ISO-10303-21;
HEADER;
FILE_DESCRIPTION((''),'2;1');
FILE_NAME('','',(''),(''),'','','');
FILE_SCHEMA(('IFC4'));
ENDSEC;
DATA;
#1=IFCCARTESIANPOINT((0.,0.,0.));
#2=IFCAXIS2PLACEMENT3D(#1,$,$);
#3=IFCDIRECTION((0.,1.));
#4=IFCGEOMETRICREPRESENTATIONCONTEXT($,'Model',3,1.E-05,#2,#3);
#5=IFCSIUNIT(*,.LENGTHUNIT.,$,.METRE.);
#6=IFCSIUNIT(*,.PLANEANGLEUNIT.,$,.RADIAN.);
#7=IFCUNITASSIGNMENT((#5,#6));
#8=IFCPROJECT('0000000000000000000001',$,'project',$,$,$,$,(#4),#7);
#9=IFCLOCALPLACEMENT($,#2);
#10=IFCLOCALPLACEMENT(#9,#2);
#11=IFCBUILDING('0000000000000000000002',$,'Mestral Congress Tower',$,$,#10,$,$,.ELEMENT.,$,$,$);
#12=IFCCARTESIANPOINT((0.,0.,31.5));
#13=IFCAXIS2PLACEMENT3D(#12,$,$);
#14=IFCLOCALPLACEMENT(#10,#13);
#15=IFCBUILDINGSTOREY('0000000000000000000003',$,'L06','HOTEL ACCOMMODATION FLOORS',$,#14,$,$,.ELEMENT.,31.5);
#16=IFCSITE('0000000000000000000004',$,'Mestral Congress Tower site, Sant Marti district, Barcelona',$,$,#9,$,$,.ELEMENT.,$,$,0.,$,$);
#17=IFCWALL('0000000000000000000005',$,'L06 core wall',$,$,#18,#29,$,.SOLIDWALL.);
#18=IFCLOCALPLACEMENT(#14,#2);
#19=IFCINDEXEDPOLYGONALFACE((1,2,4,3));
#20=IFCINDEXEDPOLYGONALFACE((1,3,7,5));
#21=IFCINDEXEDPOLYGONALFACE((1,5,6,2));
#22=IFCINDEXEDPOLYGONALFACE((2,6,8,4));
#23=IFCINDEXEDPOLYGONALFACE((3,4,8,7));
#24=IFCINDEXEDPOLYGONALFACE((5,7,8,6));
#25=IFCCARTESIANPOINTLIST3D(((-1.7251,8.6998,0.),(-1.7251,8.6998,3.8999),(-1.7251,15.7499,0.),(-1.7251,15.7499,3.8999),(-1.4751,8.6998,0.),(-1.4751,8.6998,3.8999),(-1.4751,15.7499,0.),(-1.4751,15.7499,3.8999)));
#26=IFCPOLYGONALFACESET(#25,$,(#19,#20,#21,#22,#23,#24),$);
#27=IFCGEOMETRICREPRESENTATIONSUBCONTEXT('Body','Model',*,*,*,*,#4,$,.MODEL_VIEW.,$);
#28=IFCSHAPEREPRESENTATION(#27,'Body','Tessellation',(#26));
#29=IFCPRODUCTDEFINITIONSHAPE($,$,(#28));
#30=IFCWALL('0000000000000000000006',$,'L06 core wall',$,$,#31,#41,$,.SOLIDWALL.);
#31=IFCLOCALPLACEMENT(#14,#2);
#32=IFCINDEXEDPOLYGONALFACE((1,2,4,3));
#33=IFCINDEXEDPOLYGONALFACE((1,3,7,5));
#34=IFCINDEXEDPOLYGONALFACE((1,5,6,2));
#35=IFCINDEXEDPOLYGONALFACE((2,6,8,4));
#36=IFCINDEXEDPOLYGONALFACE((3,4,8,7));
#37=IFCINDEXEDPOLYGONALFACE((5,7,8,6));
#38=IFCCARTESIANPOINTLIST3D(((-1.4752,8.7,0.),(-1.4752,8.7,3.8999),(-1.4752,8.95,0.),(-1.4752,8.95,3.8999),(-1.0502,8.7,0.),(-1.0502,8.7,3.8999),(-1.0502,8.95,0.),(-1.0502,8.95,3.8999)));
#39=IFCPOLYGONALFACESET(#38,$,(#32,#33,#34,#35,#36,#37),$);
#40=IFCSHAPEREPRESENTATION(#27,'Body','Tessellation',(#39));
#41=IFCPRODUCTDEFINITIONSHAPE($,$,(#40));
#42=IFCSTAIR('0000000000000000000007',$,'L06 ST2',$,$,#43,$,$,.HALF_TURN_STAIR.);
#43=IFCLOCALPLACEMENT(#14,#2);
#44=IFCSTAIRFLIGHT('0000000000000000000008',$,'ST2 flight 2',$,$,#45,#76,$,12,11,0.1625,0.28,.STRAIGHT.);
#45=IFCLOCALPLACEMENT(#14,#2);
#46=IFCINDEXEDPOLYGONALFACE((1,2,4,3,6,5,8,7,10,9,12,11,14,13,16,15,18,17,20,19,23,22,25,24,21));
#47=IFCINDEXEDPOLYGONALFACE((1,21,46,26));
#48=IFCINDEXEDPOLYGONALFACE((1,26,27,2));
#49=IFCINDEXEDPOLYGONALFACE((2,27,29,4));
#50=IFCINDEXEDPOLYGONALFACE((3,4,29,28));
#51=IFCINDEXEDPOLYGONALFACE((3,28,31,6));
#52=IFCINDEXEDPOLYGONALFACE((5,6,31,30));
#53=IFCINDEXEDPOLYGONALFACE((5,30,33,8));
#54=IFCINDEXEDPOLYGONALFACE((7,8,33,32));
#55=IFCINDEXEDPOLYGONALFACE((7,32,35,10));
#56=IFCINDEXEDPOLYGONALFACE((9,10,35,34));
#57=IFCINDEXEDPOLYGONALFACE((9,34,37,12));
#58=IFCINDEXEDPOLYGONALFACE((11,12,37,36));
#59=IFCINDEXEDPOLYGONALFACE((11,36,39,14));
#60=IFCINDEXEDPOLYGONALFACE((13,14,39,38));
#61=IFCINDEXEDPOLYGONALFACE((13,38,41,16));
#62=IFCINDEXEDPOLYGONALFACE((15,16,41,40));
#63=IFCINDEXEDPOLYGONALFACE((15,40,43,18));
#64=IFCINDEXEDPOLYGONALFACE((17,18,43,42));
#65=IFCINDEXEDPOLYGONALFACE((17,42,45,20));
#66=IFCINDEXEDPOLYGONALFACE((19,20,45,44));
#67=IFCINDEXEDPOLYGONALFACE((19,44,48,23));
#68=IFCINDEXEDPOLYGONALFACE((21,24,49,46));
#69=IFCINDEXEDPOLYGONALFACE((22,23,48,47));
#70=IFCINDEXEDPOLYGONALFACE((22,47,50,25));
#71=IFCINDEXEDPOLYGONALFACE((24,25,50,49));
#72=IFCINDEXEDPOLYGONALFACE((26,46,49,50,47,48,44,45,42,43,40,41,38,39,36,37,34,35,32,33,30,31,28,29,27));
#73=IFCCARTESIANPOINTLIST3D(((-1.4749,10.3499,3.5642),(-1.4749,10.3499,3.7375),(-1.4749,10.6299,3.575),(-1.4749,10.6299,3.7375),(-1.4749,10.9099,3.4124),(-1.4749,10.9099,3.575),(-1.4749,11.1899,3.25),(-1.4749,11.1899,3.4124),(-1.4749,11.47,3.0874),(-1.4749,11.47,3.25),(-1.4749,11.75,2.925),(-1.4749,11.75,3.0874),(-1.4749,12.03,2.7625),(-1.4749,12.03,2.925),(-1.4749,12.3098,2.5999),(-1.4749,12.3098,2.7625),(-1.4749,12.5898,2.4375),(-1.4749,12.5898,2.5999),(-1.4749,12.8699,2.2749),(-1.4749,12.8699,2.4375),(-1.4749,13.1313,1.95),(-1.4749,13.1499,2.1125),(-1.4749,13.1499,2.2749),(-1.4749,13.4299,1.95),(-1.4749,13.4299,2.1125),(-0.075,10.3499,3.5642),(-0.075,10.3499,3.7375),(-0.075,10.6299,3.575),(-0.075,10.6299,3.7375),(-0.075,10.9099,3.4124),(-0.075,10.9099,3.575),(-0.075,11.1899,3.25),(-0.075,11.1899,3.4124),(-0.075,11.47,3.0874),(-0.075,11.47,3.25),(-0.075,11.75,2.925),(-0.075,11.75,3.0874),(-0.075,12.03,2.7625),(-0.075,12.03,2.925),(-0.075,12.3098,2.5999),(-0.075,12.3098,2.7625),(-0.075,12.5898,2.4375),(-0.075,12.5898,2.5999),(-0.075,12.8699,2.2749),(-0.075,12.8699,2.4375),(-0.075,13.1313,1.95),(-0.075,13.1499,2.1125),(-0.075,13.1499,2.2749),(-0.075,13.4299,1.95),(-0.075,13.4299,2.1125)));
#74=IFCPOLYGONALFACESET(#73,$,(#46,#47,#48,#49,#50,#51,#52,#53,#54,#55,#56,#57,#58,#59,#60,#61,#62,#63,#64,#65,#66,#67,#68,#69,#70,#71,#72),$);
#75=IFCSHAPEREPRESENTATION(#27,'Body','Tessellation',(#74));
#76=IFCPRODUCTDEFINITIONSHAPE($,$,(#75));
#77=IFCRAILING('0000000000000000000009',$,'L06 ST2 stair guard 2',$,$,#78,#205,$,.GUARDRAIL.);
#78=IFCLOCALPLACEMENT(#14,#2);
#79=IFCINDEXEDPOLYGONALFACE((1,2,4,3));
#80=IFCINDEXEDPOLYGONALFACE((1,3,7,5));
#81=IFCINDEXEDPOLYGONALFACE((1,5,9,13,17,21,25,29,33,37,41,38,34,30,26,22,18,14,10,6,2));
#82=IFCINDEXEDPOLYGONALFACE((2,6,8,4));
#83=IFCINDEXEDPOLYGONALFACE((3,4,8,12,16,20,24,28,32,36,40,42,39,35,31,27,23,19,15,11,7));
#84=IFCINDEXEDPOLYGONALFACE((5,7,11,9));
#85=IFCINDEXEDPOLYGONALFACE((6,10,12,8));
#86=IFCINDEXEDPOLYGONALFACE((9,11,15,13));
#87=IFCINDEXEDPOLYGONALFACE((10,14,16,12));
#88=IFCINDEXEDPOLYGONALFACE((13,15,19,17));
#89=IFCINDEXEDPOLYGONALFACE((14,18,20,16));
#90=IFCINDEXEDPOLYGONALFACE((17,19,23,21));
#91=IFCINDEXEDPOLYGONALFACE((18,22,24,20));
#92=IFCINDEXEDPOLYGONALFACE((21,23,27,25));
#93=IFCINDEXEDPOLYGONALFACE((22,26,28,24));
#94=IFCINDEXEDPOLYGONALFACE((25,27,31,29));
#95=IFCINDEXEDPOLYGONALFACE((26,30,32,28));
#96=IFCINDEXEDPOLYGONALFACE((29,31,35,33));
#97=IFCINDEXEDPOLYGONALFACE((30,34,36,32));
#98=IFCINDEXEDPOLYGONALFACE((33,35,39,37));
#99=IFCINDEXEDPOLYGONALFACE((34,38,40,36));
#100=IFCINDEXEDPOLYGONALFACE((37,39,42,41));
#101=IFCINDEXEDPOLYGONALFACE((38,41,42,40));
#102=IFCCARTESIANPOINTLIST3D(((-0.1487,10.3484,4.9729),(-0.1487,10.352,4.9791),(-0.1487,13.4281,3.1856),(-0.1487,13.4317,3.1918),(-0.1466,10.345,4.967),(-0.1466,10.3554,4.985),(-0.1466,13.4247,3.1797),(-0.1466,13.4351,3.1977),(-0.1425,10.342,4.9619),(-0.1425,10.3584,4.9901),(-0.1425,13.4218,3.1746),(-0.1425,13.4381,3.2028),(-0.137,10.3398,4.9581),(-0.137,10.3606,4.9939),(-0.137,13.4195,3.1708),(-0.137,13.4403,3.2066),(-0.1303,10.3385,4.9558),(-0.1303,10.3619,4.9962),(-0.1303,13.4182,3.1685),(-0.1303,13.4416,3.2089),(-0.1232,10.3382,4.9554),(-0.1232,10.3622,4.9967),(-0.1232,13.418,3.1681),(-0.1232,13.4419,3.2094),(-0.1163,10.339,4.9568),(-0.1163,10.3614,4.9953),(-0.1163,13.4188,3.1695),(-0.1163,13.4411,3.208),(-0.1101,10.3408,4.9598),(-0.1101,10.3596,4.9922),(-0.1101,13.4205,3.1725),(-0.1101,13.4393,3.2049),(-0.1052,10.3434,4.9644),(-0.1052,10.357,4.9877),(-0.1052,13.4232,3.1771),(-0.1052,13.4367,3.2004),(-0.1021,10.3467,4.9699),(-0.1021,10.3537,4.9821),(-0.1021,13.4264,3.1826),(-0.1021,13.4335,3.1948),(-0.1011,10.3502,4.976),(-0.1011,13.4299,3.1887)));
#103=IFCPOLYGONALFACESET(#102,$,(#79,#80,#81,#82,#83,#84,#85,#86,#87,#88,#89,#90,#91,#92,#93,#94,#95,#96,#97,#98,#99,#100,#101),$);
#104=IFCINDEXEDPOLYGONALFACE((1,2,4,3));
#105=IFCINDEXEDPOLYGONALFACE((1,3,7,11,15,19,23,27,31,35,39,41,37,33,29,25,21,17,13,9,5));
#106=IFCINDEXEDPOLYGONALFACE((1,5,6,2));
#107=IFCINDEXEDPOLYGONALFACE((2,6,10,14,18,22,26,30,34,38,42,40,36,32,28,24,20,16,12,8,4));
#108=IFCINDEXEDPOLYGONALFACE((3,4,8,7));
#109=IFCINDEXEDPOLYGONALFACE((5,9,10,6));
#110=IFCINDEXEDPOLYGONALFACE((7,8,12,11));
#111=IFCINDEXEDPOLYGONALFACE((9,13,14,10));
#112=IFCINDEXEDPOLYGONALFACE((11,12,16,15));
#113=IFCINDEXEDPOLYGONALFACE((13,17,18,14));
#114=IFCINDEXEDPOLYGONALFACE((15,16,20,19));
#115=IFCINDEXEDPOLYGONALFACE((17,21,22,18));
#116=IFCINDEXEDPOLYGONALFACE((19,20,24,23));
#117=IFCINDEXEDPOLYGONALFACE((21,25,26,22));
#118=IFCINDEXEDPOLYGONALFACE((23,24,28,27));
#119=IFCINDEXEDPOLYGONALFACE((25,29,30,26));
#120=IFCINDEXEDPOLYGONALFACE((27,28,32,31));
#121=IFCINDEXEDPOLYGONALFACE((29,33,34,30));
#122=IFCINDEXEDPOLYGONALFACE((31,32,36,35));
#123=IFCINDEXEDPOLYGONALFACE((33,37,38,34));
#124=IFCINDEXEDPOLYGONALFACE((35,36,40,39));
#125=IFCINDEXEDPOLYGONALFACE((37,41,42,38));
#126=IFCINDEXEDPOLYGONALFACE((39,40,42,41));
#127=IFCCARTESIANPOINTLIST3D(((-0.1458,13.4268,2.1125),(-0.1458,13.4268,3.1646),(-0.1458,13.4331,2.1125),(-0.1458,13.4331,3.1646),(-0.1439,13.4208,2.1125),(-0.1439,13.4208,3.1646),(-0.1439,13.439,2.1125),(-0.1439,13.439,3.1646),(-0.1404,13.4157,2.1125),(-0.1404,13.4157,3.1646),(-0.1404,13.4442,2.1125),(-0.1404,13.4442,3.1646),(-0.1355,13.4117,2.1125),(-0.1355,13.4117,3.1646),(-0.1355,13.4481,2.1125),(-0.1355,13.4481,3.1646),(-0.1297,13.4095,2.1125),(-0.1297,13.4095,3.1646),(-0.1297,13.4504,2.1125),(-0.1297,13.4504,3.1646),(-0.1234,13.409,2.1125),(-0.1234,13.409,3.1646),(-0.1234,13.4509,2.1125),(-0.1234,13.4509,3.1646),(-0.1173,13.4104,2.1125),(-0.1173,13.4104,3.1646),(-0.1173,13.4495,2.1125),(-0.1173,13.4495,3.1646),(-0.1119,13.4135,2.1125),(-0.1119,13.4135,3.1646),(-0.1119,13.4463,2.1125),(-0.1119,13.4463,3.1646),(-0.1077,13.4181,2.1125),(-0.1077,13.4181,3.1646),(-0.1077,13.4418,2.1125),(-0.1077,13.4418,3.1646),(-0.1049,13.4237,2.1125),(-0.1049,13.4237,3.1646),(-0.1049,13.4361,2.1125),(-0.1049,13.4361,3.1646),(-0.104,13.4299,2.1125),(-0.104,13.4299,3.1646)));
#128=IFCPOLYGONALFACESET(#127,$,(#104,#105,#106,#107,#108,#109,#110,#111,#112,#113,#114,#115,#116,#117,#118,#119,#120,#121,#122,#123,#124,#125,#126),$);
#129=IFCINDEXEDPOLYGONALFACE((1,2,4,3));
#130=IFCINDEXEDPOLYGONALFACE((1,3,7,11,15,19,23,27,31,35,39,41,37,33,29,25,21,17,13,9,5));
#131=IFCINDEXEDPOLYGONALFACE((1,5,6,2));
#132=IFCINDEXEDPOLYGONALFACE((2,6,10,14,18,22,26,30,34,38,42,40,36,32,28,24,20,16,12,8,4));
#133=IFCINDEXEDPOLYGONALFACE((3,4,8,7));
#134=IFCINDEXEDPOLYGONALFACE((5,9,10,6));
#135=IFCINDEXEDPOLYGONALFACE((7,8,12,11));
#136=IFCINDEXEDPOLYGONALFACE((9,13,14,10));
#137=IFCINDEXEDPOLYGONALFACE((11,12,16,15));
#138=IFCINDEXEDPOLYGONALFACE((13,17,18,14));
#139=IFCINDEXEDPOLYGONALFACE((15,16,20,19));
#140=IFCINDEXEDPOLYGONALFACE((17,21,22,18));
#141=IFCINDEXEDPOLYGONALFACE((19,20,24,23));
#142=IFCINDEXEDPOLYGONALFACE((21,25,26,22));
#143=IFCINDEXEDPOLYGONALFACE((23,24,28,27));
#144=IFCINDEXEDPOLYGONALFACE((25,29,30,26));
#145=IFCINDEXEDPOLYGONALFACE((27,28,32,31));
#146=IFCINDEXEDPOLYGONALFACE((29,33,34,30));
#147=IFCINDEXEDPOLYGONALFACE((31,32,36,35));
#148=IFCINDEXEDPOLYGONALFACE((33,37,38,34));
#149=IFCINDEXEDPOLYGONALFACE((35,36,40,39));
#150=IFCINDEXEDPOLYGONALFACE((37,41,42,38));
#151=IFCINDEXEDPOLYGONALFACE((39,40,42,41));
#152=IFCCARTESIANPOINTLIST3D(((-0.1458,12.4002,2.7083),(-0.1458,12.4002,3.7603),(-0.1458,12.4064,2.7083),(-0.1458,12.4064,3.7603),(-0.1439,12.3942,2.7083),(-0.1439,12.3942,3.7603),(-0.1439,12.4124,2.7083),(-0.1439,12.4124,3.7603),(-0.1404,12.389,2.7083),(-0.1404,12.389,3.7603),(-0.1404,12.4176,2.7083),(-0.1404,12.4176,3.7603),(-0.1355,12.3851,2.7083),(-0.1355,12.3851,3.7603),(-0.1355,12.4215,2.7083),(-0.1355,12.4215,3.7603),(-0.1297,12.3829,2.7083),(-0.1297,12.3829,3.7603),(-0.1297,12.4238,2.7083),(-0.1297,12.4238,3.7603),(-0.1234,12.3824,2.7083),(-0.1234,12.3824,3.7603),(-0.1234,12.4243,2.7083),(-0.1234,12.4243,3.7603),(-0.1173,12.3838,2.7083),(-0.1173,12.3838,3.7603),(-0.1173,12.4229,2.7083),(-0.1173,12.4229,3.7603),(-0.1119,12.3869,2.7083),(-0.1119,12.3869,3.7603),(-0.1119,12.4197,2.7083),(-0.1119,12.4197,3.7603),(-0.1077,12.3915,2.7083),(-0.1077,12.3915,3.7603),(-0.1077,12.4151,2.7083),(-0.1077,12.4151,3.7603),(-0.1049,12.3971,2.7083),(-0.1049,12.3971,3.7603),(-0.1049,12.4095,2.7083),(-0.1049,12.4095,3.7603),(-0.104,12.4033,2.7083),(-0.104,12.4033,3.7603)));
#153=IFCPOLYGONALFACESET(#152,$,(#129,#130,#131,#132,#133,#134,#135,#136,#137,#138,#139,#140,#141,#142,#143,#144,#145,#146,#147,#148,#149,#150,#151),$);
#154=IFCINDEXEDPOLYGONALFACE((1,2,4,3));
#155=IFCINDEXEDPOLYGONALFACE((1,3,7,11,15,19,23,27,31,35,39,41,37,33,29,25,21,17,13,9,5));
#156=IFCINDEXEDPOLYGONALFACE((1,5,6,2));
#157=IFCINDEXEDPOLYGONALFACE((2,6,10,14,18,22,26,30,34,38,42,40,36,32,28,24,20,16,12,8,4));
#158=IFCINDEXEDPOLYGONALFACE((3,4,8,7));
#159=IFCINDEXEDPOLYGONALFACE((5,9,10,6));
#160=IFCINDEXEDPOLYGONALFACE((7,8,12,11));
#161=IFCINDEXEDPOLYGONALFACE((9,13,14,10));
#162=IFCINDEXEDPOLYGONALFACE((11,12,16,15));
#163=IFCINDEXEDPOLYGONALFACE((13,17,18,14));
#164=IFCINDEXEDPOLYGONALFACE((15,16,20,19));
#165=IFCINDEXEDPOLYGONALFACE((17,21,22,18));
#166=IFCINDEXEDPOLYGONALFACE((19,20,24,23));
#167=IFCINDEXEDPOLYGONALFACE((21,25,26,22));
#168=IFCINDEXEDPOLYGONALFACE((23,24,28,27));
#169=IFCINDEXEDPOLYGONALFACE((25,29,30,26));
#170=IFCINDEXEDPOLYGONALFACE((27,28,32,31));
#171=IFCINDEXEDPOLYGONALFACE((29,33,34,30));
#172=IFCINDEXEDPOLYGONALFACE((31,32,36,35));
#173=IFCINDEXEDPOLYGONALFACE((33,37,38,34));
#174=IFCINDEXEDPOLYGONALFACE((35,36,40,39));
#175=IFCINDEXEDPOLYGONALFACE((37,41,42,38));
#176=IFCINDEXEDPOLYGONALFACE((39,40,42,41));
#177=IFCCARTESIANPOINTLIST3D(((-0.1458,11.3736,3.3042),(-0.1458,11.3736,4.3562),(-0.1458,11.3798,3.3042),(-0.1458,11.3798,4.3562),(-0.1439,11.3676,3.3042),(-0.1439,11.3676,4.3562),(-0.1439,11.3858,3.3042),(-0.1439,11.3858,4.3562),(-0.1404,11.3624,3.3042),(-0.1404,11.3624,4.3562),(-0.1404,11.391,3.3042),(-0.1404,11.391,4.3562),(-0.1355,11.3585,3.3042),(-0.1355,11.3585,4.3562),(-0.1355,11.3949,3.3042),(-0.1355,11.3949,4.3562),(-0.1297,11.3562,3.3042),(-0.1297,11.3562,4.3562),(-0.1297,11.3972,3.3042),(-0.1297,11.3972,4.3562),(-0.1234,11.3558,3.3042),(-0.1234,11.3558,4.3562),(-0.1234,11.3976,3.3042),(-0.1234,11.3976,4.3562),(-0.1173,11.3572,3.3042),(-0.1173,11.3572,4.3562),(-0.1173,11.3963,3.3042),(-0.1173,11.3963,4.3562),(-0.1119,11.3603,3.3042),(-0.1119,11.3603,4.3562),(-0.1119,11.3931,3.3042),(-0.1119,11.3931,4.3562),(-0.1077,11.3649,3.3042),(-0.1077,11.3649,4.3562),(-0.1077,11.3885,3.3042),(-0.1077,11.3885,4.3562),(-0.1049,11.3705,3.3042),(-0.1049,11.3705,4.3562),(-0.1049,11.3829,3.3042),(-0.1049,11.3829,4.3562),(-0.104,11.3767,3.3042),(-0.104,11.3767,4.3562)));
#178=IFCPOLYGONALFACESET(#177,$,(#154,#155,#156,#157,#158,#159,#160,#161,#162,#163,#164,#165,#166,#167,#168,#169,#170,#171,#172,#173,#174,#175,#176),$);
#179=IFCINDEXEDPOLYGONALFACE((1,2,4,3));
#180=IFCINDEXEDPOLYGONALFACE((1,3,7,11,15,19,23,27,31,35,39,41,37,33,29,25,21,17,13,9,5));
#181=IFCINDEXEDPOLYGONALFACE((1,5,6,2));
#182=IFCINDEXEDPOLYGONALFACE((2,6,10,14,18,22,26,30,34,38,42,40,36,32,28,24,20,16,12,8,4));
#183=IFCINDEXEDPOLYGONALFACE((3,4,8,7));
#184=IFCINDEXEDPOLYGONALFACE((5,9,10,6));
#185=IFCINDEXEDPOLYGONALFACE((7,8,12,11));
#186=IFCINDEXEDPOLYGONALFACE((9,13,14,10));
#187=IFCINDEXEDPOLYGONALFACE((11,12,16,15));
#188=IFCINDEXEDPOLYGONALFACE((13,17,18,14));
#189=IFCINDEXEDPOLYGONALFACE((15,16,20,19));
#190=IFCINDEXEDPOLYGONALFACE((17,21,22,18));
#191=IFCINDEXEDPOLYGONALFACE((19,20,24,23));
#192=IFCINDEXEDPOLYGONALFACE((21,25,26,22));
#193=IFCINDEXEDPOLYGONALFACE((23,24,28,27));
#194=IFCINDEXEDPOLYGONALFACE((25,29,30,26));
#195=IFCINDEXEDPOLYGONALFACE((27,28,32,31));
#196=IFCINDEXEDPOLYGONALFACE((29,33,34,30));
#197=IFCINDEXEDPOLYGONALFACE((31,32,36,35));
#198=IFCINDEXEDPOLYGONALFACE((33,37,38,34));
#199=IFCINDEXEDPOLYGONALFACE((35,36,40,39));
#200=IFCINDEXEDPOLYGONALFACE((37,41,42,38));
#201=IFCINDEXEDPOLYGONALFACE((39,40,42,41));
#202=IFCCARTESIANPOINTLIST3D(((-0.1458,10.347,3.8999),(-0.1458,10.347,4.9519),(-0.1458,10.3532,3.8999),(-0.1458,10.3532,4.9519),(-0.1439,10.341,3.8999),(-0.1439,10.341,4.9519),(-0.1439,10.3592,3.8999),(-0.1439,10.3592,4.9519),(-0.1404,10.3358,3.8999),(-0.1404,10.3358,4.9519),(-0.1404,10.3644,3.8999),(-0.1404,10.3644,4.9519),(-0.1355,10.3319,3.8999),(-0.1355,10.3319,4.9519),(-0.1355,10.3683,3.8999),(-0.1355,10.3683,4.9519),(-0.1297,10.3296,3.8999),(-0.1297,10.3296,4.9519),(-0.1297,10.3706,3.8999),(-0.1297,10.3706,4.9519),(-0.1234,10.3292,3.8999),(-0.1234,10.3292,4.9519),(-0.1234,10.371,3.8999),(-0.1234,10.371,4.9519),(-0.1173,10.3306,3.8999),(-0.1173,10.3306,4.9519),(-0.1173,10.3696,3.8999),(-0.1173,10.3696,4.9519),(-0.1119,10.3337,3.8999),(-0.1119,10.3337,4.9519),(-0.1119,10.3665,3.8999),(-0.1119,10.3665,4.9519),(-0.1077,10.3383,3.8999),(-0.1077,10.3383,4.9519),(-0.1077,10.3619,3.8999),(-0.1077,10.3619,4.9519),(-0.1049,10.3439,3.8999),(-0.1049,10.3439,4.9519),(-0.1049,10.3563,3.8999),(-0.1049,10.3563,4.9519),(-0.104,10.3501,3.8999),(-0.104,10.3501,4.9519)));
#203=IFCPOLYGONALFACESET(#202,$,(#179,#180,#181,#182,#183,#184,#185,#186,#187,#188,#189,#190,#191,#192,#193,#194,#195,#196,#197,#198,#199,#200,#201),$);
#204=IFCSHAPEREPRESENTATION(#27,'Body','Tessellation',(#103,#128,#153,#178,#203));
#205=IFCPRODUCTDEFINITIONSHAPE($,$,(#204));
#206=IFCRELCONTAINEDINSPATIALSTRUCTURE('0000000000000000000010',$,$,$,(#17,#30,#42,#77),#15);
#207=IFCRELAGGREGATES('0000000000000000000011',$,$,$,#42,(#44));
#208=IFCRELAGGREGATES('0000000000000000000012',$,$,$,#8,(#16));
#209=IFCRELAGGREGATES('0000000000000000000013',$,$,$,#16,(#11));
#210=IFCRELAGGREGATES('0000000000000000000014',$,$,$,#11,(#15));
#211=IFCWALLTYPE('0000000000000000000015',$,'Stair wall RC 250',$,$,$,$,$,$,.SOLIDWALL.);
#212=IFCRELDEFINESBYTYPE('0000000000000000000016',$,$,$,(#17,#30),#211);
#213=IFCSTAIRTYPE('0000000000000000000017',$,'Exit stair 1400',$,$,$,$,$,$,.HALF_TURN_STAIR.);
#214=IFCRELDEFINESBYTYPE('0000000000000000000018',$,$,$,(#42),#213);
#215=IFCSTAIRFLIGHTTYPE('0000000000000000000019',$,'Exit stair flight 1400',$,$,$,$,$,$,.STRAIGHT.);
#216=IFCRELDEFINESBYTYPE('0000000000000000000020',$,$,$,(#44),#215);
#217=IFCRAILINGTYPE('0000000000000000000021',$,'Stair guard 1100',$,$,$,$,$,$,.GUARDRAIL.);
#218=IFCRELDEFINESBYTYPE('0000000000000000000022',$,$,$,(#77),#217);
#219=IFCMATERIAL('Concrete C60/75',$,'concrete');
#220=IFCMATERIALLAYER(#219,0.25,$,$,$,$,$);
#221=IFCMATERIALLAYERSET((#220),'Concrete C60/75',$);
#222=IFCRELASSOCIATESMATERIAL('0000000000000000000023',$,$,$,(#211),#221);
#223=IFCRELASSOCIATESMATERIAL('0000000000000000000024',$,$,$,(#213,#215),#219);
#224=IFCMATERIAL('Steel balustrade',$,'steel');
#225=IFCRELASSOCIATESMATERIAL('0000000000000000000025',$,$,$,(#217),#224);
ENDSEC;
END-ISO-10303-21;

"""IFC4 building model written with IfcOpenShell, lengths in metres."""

from ifc_helpers import new_model, si_unit, direction, frame, frame_2d, origin, origin_2d, place, context, subcontext, project, spatial, polyline, rectangle, circle, outline, extrude, material, layer, layer_set, type_object, element, aggregate, save


model = new_model("IFC4")

# Units and contexts
model_context = context("Model", 3, precision=1e-05, world=origin(), true_north=direction((0.0, 1.0)))
body_context = subcontext(model_context, "Body", "Model", "MODEL_VIEW")
ifc_project = project(units=[si_unit("LENGTHUNIT", "METRE"), si_unit("PLANEANGLEUNIT", "RADIAN")], contexts=[model_context])

# Site, building, storey
site_placement = place(None, origin())
site = spatial("IfcSite", under=ifc_project, at=site_placement, Name="Mestral Congress Tower site, Sant Marti district, Barcelona", CompositionType="ELEMENT", RefElevation=0.0)
building_placement = place(site_placement, origin())
building = spatial("IfcBuilding", under=site, at=building_placement, Name="Mestral Congress Tower", CompositionType="ELEMENT")
storey_placement = place(building_placement, frame((0.0, 0.0, 31.5)))
storey = spatial("IfcBuildingStorey", under=building, at=storey_placement, Name="L06", Description="HOTEL ACCOMMODATION FLOORS", CompositionType="ELEMENT", Elevation=31.5)

# Shared definitions
ifc_material_1 = material(Name="Concrete C60/75", Category="concrete")

# Walls
ifc_layer_1 = layer(ifc_material_1, 0.25)
ifc_layer_set_1 = layer_set([ifc_layer_1], Name="Concrete C60/75")
wall_type_1 = type_object("IfcWallType", Name="Stair wall RC 250", PredefinedType="SOLIDWALL", material=ifc_layer_set_1)
wall_1_placement = place(storey_placement, frame((-1.6001, 8.7, 0.0), z_axis=(0.0, 0.0, 1.0), x_axis=(0.0, 1.0, 0.0)))
element("IfcWall", 1, at=wall_1_placement, inside=storey, type_object=wall_type_1, Name="L06 core wall", PredefinedType="SOLIDWALL", context=body_context, shape_type="SweptSolid", body=[
    extrude(rectangle(XDim=7.05, YDim=0.25, at=frame_2d((3.5249, 0.0))), origin(), (0.0, 0.0, 1.0), 3.8999),
])
wall_2_placement = place(storey_placement, frame((-1.4751, 8.825, 0.0), z_axis=(0.0, 0.0, 1.0), x_axis=(1.0, 0.0, 0.0)))
element("IfcWall", 2, at=wall_2_placement, inside=storey, type_object=wall_type_1, Name="L06 core wall", PredefinedType="SOLIDWALL", context=body_context, shape_type="SweptSolid", body=[
    extrude(rectangle(XDim=0.425, YDim=0.25, at=frame_2d((0.2124, 0.0))), origin(), (0.0, 0.0, 1.0), 3.8999),
])

# Stair, stair flight
stair_type = type_object("IfcStairType", Name="Exit stair 1400", PredefinedType="HALF_TURN_STAIR", material=ifc_material_1)
stair_placement = place(storey_placement, origin())
stair = element("IfcStair", 3, at=stair_placement, inside=storey, type_object=stair_type, Name="L06 ST2", PredefinedType="HALF_TURN_STAIR")
stair_flight_type = type_object("IfcStairFlightType", Name="Exit stair flight 1400", PredefinedType="STRAIGHT", material=ifc_material_1)
stair_flight_placement = place(storey_placement, frame((-0.7749, 13.4299, 1.95), z_axis=(0.0, 0.0, 1.0), x_axis=(0.0, -1.0, 0.0)))
stair_flight = element("IfcStairFlight", 4, at=stair_flight_placement, type_object=stair_flight_type, Name="ST2 flight 2", NumberOfRisers=12, NumberOfTreads=11, PredefinedType="STRAIGHT", RiserHeight=0.1625, TreadLength=0.28, context=body_context, shape_type="SweptSolid", body=[
    extrude(outline(polyline([(0.0, 0.0), (0.0, 0.1626), (0.28, 0.1626), (0.28, 0.325), (0.5601, 0.325), (0.5601, 0.4875), (0.8401, 0.4875), (0.8401, 0.6499), (1.1201, 0.6499), (1.1201, 0.8125), (1.3999, 0.8125), (1.3999, 0.9751), (1.6799, 0.9751), (1.6799, 1.1375), (1.96, 1.1375), (1.96, 1.3), (2.24, 1.3), (2.24, 1.4624), (2.52, 1.4624), (2.52, 1.625), (2.8, 1.625), (2.8, 1.7876), (3.0801, 1.7876), (3.0801, 1.95), (3.0801, 1.6143), (0.2986, 0.0), (0.0, 0.0)])), frame((0.0, 0.7, 0.0), z_axis=(0.0, -1.0, 0.0), x_axis=(1.0, 0.0, 0.0)), (0.0, 0.0, 1.0), 1.3999),
])
aggregate(stair, [stair_flight])

# Railing
ifc_material_2 = material(Name="Steel balustrade", Category="steel")
railing_type = type_object("IfcRailingType", Name="Stair guard 1100", PredefinedType="GUARDRAIL", material=ifc_material_2)
railing_placement = place(storey_placement, frame((-0.125, 13.4299, 2.1125)))
element("IfcRailing", 5, at=railing_placement, inside=storey, type_object=railing_type, Name="L06 ST2 stair guard 2", PredefinedType="GUARDRAIL", context=body_context, shape_type="SweptSolid", body=[
    extrude(circle(Radius=0.0239, at=origin_2d()), frame((0.0, 0.0, 1.0762), z_axis=(0.0, -0.864903, 0.501939), x_axis=(1.0, 0.0, 0.0)), (0.0, 0.0, 1.0), 3.5608),
    extrude(circle(Radius=0.021, at=origin_2d()), origin(), (0.0, 0.0, 1.0), 1.052),
    extrude(circle(Radius=0.021, at=origin_2d()), frame((0.0, -1.0266, 0.5957)), (0.0, 0.0, 1.0), 1.052),
    extrude(circle(Radius=0.021, at=origin_2d()), frame((0.0, -2.0532, 1.1917)), (0.0, 0.0, 1.0), 1.052),
    extrude(circle(Radius=0.021, at=origin_2d()), frame((0.0, -3.0798, 1.7874)), (0.0, 0.0, 1.0), 1.052),
])

save(model, "model.ifc")
